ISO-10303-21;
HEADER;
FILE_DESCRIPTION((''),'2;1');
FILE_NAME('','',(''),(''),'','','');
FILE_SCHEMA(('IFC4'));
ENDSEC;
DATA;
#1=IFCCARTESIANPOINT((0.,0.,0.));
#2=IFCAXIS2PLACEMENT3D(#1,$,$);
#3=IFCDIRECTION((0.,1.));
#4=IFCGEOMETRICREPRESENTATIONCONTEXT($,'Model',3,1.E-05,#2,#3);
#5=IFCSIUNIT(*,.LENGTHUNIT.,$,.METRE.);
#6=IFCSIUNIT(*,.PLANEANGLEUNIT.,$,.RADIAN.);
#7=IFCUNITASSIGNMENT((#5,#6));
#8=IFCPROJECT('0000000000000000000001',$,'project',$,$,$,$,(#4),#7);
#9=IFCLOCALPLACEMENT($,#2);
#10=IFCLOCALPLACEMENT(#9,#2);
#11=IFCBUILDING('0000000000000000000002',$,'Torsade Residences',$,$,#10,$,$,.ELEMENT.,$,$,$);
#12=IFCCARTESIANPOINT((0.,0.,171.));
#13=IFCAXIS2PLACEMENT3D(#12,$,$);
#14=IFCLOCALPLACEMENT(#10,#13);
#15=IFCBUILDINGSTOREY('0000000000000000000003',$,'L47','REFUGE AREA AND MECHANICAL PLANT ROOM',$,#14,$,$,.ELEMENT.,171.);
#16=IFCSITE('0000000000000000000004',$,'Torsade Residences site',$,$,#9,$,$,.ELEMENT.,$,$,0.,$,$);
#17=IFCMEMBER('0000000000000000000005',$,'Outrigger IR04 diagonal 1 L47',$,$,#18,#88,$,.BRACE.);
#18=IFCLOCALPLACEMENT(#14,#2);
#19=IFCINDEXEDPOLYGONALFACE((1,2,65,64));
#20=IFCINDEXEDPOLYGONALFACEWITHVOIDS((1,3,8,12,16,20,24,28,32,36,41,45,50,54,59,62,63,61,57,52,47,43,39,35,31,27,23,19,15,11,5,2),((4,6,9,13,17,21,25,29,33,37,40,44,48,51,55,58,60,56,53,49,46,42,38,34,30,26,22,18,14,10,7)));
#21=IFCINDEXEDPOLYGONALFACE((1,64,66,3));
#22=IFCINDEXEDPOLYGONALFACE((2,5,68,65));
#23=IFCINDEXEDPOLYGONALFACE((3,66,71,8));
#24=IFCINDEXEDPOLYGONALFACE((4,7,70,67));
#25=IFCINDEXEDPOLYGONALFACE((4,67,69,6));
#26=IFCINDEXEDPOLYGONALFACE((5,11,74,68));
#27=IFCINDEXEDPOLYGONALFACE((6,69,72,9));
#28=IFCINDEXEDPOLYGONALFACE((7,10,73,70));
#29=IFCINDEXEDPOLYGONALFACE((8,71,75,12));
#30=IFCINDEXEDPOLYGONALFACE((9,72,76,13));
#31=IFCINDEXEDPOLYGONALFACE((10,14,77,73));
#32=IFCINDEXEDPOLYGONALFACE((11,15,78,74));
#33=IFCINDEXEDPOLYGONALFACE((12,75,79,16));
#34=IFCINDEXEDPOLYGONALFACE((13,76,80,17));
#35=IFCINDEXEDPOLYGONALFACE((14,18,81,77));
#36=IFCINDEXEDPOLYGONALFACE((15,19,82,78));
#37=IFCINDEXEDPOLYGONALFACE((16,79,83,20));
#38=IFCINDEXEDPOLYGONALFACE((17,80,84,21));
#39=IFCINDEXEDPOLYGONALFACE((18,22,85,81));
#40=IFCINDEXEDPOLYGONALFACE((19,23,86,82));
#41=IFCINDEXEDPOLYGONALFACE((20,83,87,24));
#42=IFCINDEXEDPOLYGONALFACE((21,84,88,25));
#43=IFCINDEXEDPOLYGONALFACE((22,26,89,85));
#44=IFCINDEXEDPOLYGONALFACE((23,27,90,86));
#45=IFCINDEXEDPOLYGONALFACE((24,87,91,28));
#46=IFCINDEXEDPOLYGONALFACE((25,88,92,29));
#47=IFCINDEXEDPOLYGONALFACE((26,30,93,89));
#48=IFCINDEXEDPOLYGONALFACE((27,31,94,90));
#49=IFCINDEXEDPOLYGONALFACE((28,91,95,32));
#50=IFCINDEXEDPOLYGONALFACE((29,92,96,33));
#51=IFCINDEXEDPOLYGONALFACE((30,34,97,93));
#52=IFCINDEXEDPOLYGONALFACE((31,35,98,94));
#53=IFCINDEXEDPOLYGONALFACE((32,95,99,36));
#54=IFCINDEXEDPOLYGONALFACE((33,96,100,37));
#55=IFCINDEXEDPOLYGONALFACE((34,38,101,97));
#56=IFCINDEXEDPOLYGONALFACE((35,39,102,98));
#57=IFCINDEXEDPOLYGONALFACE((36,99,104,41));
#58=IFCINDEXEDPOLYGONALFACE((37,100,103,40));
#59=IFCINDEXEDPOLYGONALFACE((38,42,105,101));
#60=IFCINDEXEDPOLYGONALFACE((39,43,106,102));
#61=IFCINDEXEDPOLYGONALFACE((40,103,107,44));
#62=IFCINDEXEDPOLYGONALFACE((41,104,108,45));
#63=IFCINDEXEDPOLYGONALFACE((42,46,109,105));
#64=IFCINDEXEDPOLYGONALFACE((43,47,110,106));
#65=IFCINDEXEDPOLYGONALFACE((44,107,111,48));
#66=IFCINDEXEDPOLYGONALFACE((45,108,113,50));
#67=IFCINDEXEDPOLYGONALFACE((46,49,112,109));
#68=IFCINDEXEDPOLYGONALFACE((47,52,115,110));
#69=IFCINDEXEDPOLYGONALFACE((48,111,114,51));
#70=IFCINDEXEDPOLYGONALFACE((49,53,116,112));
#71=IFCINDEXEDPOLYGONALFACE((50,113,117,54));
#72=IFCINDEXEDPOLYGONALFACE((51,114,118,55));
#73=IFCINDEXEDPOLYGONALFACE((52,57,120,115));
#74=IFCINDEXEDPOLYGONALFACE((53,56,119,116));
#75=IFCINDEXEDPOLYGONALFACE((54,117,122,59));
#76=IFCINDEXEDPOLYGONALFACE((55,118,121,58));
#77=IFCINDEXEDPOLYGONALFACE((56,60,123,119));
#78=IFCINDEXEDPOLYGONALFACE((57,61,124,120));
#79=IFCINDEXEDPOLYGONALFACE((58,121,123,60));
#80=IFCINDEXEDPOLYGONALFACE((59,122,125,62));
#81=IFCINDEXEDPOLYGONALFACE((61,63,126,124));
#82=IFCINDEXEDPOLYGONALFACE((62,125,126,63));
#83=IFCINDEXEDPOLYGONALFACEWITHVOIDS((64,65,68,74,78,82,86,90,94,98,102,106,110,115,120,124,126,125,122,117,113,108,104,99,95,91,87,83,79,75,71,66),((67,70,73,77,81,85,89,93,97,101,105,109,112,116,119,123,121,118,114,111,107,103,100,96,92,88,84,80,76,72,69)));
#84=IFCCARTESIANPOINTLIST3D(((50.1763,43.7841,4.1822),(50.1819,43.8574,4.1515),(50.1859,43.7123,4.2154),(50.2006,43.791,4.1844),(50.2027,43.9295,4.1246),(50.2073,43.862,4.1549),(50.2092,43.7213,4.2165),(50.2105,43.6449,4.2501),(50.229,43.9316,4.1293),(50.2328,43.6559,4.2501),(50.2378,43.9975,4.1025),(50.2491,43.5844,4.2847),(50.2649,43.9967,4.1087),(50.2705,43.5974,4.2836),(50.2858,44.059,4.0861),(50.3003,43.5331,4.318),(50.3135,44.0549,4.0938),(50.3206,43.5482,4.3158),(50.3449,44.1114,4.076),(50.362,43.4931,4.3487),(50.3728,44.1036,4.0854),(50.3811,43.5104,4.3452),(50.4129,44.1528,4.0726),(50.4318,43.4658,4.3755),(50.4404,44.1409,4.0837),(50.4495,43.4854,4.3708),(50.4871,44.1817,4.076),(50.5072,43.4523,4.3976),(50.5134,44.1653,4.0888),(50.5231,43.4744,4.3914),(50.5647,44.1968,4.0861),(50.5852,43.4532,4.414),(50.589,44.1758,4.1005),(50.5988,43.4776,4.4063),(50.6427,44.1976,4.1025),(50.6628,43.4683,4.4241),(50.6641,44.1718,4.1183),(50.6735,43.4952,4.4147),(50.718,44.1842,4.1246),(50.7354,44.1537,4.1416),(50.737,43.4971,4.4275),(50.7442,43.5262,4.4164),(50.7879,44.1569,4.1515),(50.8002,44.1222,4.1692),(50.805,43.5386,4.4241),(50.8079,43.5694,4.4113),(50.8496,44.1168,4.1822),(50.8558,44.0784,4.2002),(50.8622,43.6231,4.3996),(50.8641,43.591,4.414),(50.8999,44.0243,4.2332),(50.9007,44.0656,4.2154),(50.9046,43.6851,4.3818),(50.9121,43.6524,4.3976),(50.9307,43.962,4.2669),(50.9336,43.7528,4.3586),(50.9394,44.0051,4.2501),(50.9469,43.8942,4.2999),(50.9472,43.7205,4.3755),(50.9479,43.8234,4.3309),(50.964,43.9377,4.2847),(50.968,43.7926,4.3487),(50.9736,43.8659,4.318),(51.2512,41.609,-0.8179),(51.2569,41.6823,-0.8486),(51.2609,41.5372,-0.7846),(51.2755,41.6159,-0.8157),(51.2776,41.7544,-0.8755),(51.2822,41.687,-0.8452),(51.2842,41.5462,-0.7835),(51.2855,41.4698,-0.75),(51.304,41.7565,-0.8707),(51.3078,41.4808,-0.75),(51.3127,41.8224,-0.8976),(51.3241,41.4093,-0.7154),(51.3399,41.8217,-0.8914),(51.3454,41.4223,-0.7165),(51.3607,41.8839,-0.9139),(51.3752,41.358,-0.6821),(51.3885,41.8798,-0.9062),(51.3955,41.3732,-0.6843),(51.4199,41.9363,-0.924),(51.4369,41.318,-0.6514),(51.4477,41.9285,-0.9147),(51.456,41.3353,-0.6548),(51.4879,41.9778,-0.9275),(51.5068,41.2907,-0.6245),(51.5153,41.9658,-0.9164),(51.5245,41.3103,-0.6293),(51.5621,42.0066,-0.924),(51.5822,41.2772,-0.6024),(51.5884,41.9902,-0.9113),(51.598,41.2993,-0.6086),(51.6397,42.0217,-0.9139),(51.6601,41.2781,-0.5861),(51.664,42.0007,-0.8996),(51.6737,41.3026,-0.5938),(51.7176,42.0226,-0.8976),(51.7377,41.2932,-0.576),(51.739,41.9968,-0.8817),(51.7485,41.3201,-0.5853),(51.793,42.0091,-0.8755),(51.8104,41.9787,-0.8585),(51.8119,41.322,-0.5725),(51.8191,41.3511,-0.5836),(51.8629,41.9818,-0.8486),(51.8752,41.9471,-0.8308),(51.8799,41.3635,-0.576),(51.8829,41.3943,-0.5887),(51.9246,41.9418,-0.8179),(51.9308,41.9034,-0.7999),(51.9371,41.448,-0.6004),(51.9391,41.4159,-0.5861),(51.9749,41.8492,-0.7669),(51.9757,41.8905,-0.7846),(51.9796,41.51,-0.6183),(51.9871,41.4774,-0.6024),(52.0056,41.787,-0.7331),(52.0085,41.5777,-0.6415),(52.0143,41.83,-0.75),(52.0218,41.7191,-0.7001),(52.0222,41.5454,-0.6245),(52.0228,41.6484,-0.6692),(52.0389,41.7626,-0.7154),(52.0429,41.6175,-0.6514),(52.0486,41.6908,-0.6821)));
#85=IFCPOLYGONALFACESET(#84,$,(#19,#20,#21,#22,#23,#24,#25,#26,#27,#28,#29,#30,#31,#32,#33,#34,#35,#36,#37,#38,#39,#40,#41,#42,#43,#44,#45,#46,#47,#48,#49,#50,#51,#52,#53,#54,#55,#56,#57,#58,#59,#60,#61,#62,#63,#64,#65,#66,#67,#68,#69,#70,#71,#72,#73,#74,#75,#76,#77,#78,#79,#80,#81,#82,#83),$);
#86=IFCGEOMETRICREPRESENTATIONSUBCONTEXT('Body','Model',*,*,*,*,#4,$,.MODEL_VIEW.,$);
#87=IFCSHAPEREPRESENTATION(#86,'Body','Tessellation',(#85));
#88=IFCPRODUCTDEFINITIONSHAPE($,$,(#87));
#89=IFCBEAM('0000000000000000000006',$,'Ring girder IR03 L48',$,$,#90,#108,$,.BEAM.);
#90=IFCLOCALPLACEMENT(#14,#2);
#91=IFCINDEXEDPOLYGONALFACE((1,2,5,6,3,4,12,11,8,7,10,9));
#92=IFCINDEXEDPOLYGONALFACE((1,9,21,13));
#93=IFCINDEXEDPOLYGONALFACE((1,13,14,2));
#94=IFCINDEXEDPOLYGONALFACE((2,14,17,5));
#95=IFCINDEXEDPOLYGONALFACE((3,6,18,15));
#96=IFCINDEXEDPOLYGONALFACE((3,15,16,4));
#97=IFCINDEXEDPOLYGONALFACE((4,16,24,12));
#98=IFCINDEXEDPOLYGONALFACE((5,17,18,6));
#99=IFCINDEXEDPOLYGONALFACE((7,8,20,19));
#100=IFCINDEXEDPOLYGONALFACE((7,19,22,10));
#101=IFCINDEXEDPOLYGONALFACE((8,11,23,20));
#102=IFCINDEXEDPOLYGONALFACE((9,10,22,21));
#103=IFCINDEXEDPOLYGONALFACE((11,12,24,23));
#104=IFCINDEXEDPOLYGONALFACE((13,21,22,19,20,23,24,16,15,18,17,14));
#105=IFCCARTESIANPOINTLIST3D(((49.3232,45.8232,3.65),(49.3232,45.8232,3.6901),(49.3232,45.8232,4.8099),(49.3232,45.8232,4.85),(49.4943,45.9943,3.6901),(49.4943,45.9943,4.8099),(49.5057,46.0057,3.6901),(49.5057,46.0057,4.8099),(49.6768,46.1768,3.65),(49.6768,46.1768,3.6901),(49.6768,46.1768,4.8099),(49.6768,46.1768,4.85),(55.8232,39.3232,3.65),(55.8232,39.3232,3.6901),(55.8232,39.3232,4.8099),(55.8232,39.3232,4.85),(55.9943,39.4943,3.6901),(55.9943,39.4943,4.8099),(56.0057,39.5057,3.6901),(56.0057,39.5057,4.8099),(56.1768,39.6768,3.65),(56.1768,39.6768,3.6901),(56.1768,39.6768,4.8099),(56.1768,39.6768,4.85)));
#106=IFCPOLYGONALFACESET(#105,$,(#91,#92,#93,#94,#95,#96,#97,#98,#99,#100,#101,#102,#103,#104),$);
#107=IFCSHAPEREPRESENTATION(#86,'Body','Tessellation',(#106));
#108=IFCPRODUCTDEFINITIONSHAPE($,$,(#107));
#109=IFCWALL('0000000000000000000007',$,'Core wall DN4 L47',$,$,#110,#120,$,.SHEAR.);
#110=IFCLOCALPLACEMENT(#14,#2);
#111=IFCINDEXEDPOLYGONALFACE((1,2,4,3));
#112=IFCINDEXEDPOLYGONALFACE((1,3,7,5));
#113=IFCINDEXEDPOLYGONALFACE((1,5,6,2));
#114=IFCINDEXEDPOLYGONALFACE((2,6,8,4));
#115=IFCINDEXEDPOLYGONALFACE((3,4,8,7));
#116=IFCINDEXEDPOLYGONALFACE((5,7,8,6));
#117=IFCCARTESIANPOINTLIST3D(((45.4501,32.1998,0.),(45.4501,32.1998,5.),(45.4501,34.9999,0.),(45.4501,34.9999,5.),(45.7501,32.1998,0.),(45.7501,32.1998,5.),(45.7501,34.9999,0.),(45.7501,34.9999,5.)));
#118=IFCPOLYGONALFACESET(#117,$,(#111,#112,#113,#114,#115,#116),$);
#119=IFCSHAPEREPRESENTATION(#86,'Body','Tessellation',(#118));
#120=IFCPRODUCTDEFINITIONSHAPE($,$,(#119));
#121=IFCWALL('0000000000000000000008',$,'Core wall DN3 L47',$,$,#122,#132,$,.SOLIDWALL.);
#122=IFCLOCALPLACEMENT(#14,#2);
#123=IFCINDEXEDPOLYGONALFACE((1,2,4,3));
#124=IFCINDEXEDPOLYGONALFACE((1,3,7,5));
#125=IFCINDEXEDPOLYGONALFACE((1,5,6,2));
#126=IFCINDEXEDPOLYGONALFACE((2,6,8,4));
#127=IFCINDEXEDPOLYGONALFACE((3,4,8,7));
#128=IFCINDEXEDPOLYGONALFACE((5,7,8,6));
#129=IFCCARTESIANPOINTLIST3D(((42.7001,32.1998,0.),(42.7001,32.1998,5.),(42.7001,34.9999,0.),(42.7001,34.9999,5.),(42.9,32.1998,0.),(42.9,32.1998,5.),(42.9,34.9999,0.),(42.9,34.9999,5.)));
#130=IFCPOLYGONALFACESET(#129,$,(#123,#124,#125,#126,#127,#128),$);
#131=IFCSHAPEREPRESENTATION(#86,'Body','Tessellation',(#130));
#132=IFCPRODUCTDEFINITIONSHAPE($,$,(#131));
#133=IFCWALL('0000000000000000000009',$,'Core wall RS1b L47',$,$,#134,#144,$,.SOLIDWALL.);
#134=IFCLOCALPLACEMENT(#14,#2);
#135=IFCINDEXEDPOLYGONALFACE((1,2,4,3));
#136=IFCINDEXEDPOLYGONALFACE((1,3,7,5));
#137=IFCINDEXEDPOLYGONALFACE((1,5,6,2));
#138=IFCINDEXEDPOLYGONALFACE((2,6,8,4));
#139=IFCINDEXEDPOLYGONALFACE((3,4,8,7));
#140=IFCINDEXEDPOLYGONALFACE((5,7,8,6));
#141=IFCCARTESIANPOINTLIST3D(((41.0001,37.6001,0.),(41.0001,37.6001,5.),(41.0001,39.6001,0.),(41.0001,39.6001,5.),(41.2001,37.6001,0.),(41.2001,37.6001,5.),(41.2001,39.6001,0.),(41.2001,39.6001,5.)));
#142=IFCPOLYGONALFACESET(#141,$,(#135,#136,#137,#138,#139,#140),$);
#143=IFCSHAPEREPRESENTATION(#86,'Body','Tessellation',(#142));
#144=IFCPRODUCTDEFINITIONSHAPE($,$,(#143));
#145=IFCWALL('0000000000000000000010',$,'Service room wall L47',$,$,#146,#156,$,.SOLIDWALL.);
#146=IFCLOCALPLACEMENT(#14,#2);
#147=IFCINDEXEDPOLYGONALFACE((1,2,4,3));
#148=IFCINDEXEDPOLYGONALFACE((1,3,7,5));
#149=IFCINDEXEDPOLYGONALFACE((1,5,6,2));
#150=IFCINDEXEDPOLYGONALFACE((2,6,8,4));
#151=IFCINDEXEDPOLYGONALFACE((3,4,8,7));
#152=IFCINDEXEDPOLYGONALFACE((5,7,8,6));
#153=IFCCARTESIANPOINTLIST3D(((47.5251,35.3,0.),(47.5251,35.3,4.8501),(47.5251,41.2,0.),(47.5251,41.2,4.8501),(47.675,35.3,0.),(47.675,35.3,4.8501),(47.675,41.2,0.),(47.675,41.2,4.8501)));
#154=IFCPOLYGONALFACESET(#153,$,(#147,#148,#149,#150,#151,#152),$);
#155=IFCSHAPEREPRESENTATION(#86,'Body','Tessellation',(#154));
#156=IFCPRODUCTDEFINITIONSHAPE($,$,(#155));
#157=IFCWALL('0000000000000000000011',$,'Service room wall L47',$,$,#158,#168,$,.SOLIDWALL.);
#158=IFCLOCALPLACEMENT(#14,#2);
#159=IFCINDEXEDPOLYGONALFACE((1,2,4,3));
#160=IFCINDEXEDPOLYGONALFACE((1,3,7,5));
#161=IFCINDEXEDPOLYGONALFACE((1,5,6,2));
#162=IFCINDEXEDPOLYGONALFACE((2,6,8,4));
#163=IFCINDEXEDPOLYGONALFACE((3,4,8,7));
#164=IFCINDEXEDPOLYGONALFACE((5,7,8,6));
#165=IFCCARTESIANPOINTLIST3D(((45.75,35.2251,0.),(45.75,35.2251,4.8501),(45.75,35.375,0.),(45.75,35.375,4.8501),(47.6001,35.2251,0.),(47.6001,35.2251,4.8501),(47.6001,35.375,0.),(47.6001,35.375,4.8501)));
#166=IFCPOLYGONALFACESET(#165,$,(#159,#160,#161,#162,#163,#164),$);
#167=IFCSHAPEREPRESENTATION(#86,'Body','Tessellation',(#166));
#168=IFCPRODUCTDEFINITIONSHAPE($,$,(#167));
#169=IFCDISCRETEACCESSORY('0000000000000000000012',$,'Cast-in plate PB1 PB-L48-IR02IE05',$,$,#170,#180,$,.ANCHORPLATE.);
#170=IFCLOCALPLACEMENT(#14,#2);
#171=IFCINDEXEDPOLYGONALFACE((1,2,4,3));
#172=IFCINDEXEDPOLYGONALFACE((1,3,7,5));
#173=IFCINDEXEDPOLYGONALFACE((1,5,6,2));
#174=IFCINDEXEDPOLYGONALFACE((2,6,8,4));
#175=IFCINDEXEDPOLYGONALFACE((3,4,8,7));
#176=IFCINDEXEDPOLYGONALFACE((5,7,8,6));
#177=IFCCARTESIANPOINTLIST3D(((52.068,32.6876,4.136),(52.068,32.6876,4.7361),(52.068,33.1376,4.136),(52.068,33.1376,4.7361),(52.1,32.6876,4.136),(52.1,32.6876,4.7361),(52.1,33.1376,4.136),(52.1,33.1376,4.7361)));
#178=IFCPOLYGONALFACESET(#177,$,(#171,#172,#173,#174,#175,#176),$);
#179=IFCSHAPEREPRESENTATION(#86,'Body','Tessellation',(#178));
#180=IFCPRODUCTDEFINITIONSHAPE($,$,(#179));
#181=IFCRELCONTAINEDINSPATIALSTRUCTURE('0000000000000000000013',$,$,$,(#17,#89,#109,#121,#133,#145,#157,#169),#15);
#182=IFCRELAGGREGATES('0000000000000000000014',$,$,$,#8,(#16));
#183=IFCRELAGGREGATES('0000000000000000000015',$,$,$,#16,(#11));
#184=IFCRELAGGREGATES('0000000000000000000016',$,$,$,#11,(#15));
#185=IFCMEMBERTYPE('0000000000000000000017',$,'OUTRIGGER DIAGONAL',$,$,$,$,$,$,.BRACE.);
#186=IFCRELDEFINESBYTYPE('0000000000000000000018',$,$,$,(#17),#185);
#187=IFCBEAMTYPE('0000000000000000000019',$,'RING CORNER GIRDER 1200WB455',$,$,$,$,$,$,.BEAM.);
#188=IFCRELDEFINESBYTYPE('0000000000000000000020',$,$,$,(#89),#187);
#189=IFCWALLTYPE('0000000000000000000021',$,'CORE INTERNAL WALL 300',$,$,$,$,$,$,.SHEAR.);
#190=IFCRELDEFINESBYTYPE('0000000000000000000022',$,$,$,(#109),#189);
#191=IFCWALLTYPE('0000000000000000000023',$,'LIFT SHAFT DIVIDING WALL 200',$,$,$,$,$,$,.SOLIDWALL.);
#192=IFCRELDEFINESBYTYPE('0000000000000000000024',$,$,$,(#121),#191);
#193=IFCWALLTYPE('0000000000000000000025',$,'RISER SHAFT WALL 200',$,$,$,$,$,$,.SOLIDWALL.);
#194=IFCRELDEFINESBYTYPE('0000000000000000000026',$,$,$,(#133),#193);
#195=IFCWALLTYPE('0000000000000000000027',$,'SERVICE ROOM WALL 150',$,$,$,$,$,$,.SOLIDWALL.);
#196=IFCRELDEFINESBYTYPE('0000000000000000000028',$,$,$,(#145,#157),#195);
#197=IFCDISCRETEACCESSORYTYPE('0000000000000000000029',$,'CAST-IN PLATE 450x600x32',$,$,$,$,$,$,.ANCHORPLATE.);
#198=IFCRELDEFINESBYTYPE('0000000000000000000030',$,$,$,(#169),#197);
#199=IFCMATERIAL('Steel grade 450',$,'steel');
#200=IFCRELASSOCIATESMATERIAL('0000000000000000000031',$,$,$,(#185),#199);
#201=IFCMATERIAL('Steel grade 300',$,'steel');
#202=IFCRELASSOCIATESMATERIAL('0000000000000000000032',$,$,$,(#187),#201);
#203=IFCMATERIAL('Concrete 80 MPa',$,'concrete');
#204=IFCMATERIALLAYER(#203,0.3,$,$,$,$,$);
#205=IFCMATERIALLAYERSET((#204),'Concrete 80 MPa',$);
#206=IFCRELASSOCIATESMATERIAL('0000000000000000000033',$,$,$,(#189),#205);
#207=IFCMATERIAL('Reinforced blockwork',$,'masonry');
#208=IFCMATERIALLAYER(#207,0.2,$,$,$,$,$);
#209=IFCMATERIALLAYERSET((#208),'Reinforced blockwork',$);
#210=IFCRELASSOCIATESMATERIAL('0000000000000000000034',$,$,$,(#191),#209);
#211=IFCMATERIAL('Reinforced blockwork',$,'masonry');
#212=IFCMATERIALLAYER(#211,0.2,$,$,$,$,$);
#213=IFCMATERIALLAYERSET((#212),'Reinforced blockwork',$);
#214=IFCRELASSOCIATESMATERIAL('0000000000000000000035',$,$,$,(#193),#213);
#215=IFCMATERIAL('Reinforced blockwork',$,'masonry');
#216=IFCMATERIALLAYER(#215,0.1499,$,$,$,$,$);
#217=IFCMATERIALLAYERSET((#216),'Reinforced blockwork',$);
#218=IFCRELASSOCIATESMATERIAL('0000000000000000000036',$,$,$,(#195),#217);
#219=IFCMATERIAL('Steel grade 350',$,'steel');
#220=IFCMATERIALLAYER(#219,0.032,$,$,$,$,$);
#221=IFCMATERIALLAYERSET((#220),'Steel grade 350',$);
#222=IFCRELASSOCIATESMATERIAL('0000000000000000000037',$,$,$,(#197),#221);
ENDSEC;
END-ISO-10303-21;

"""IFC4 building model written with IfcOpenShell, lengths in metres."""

from ifc_helpers import new_model, si_unit, direction, frame, frame_2d, origin, origin_2d, place, context, subcontext, project, spatial, rectangle, hollow_circle, i_section, extrude, material, layer, layer_set, material_profile, profile_set, type_object, element, save


model = new_model("IFC4")

# Units and contexts
model_context = context("Model", 3, precision=1e-05, world=origin(), true_north=direction((0.0, 1.0)))
body_context = subcontext(model_context, "Body", "Model", "MODEL_VIEW")
ifc_project = project(units=[si_unit("LENGTHUNIT", "METRE"), si_unit("PLANEANGLEUNIT", "RADIAN")], contexts=[model_context])

# Site, building, storey
site_placement = place(None, origin())
site = spatial("IfcSite", under=ifc_project, at=site_placement, Name="Torsade Residences site", CompositionType="ELEMENT", RefElevation=0.0)
building_placement = place(site_placement, origin())
building = spatial("IfcBuilding", under=site, at=building_placement, Name="Torsade Residences", CompositionType="ELEMENT")
storey_placement = place(building_placement, frame((0.0, 0.0, 171.0)))
storey = spatial("IfcBuildingStorey", under=building, at=storey_placement, Name="L47", Description="REFUGE AREA AND MECHANICAL PLANT ROOM", CompositionType="ELEMENT", Elevation=171.0)

# Member
ifc_material_1 = material(Name="Steel grade 450", Category="steel")
ifc_material_profile_1 = material_profile(ifc_material_1, hollow_circle(Radius=0.4065, WallThickness=0.0249, at=origin_2d()), Name="813.0x25.0CHS")
ifc_profile_set_1 = profile_set([ifc_material_profile_1], Name="Steel grade 450")
member_type_1 = type_object("IfcMemberType", Name="OUTRIGGER DIAGONAL", PredefinedType="BRACE", material=ifc_profile_set_1)
for number, where, z_axis, x_axis, name in (
    (1, (51.6499, 41.6499, -0.75), (-0.193422, 0.391368, 0.899677), (-0.896491, -0.443063, 0.0), "Outrigger IR04 diagonal 1 L47"),
):
    element("IfcMember", number, at=place(storey_placement, frame(where, z_axis=z_axis, x_axis=x_axis)), inside=storey, type_object=member_type_1, Name=name, PredefinedType="BRACE", context=body_context, shape_type="SweptSolid", body=[
        extrude(hollow_circle(Radius=0.4065, WallThickness=0.0249, at=origin_2d()), origin(), (0.0, 0.0, 1.0), 5.5576),
    ])

# Beam
ifc_material_2 = material(Name="Steel grade 300", Category="steel")
ifc_material_profile_2 = material_profile(ifc_material_2, i_section(OverallWidth=0.5, OverallDepth=1.2, WebThickness=0.0161, FlangeThickness=0.04, at=origin_2d()), Name="1200WB455")
ifc_profile_set_2 = profile_set([ifc_material_profile_2], Name="Steel grade 300")
beam_type_1 = type_object("IfcBeamType", Name="RING CORNER GIRDER 1200WB455", PredefinedType="BEAM", material=ifc_profile_set_2)
beam_1_placement = place(storey_placement, frame((56.0, 39.5, 4.25), z_axis=(-0.707107, 0.707107, 0.0), x_axis=(-0.707107, -0.707107, 0.0)))
element("IfcBeam", 2, at=beam_1_placement, inside=storey, type_object=beam_type_1, Name="Ring girder IR03 L48", PredefinedType="BEAM", context=body_context, shape_type="SweptSolid", body=[
    extrude(i_section(OverallWidth=0.5, OverallDepth=1.2, WebThickness=0.0161, FlangeThickness=0.04, at=origin_2d()), origin(), (0.0, 0.0, 1.0), 9.1924),
])

# Walls
ifc_material_3 = material(Name="Concrete 80 MPa", Category="concrete")
ifc_layer_1 = layer(ifc_material_3, 0.3)
ifc_layer_set_1 = layer_set([ifc_layer_1], Name="Concrete 80 MPa")
wall_type_1 = type_object("IfcWallType", Name="CORE INTERNAL WALL 300", PredefinedType="SHEAR", material=ifc_layer_set_1)
wall_1_placement = place(storey_placement, frame((45.6001, 32.2, 0.0), z_axis=(0.0, 0.0, 1.0), x_axis=(0.0, 1.0, 0.0)))
element("IfcWall", 3, at=wall_1_placement, inside=storey, type_object=wall_type_1, Name="Core wall DN4 L47", PredefinedType="SHEAR", context=body_context, shape_type="SweptSolid", body=[
    extrude(rectangle(XDim=2.8, YDim=0.3, at=frame_2d((1.3999, 0.0))), origin(), (0.0, 0.0, 1.0), 5.0),
])
ifc_material_4 = material(Name="Reinforced blockwork", Category="masonry")
ifc_layer_2 = layer(ifc_material_4, 0.2)
ifc_layer_set_2 = layer_set([ifc_layer_2], Name="Reinforced blockwork")
wall_type_2 = type_object("IfcWallType", Name="LIFT SHAFT DIVIDING WALL 200", PredefinedType="SOLIDWALL", material=ifc_layer_set_2)
wall_2_placement = place(storey_placement, frame((42.8, 32.2, 0.0), z_axis=(0.0, 0.0, 1.0), x_axis=(0.0, 1.0, 0.0)))
element("IfcWall", 4, at=wall_2_placement, inside=storey, type_object=wall_type_2, Name="Core wall DN3 L47", PredefinedType="SOLIDWALL", context=body_context, shape_type="SweptSolid", body=[
    extrude(rectangle(XDim=2.8, YDim=0.2, at=frame_2d((1.3999, 0.0))), origin(), (0.0, 0.0, 1.0), 5.0),
])
ifc_material_5 = material(Name="Reinforced blockwork", Category="masonry")
ifc_layer_3 = layer(ifc_material_5, 0.2)
ifc_layer_set_3 = layer_set([ifc_layer_3], Name="Reinforced blockwork")
wall_type_3 = type_object("IfcWallType", Name="RISER SHAFT WALL 200", PredefinedType="SOLIDWALL", material=ifc_layer_set_3)
wall_3_placement = place(storey_placement, frame((41.1001, 37.6001, 0.0), z_axis=(0.0, 0.0, 1.0), x_axis=(0.0, 1.0, 0.0)))
element("IfcWall", 5, at=wall_3_placement, inside=storey, type_object=wall_type_3, Name="Core wall RS1b L47", PredefinedType="SOLIDWALL", context=body_context, shape_type="SweptSolid", body=[
    extrude(rectangle(XDim=2.0, YDim=0.2, at=frame_2d((1.0, 0.0))), origin(), (0.0, 0.0, 1.0), 5.0),
])
ifc_material_6 = material(Name="Reinforced blockwork", Category="masonry")
ifc_layer_4 = layer(ifc_material_6, 0.1499)
ifc_layer_set_4 = layer_set([ifc_layer_4], Name="Reinforced blockwork")
wall_type_4 = type_object("IfcWallType", Name="SERVICE ROOM WALL 150", PredefinedType="SOLIDWALL", material=ifc_layer_set_4)
wall_4_placement = place(storey_placement, frame((47.6001, 41.2, 0.0), z_axis=(0.0, 0.0, 1.0), x_axis=(0.0, -1.0, 0.0)))
element("IfcWall", 6, at=wall_4_placement, inside=storey, type_object=wall_type_4, Name="Service room wall L47", PredefinedType="SOLIDWALL", context=body_context, shape_type="SweptSolid", body=[
    extrude(rectangle(XDim=5.8999, YDim=0.1499, at=frame_2d((2.95, 0.0))), origin(), (0.0, 0.0, 1.0), 4.8501),
])
wall_5_placement = place(storey_placement, frame((47.6001, 35.3, 0.0), z_axis=(0.0, 0.0, 1.0), x_axis=(-1.0, 0.0, 0.0)))
element("IfcWall", 7, at=wall_5_placement, inside=storey, type_object=wall_type_4, Name="Service room wall L47", PredefinedType="SOLIDWALL", context=body_context, shape_type="SweptSolid", body=[
    extrude(rectangle(XDim=1.8501, YDim=0.1499, at=frame_2d((0.925, 0.0))), origin(), (0.0, 0.0, 1.0), 4.8501),
])

# Discrete accessory
ifc_material_7 = material(Name="Steel grade 350", Category="steel")
ifc_layer_5 = layer(ifc_material_7, 0.032)
ifc_layer_set_5 = layer_set([ifc_layer_5], Name="Steel grade 350")
discrete_accessory_type_1 = type_object("IfcDiscreteAccessoryType", Name="CAST-IN PLATE 450x600x32", PredefinedType="ANCHORPLATE", material=ifc_layer_set_5)
for number, where, z_axis, x_axis, name in (
    (8, (52.084, 32.9126, 4.136), (0.0, 0.0, 1.0), (1.0, 0.0, 0.0), "Cast-in plate PB1 PB-L48-IR02IE05"),
):
    element("IfcDiscreteAccessory", number, at=place(storey_placement, frame(where, z_axis=z_axis, x_axis=x_axis)), inside=storey, type_object=discrete_accessory_type_1, Name=name, PredefinedType="ANCHORPLATE", context=body_context, shape_type="SweptSolid", body=[
        extrude(rectangle(XDim=0.032, YDim=0.45, at=origin_2d()), origin(), (0.0, 0.0, 1.0), 0.6001),
    ])

save(model, "model.ifc")
